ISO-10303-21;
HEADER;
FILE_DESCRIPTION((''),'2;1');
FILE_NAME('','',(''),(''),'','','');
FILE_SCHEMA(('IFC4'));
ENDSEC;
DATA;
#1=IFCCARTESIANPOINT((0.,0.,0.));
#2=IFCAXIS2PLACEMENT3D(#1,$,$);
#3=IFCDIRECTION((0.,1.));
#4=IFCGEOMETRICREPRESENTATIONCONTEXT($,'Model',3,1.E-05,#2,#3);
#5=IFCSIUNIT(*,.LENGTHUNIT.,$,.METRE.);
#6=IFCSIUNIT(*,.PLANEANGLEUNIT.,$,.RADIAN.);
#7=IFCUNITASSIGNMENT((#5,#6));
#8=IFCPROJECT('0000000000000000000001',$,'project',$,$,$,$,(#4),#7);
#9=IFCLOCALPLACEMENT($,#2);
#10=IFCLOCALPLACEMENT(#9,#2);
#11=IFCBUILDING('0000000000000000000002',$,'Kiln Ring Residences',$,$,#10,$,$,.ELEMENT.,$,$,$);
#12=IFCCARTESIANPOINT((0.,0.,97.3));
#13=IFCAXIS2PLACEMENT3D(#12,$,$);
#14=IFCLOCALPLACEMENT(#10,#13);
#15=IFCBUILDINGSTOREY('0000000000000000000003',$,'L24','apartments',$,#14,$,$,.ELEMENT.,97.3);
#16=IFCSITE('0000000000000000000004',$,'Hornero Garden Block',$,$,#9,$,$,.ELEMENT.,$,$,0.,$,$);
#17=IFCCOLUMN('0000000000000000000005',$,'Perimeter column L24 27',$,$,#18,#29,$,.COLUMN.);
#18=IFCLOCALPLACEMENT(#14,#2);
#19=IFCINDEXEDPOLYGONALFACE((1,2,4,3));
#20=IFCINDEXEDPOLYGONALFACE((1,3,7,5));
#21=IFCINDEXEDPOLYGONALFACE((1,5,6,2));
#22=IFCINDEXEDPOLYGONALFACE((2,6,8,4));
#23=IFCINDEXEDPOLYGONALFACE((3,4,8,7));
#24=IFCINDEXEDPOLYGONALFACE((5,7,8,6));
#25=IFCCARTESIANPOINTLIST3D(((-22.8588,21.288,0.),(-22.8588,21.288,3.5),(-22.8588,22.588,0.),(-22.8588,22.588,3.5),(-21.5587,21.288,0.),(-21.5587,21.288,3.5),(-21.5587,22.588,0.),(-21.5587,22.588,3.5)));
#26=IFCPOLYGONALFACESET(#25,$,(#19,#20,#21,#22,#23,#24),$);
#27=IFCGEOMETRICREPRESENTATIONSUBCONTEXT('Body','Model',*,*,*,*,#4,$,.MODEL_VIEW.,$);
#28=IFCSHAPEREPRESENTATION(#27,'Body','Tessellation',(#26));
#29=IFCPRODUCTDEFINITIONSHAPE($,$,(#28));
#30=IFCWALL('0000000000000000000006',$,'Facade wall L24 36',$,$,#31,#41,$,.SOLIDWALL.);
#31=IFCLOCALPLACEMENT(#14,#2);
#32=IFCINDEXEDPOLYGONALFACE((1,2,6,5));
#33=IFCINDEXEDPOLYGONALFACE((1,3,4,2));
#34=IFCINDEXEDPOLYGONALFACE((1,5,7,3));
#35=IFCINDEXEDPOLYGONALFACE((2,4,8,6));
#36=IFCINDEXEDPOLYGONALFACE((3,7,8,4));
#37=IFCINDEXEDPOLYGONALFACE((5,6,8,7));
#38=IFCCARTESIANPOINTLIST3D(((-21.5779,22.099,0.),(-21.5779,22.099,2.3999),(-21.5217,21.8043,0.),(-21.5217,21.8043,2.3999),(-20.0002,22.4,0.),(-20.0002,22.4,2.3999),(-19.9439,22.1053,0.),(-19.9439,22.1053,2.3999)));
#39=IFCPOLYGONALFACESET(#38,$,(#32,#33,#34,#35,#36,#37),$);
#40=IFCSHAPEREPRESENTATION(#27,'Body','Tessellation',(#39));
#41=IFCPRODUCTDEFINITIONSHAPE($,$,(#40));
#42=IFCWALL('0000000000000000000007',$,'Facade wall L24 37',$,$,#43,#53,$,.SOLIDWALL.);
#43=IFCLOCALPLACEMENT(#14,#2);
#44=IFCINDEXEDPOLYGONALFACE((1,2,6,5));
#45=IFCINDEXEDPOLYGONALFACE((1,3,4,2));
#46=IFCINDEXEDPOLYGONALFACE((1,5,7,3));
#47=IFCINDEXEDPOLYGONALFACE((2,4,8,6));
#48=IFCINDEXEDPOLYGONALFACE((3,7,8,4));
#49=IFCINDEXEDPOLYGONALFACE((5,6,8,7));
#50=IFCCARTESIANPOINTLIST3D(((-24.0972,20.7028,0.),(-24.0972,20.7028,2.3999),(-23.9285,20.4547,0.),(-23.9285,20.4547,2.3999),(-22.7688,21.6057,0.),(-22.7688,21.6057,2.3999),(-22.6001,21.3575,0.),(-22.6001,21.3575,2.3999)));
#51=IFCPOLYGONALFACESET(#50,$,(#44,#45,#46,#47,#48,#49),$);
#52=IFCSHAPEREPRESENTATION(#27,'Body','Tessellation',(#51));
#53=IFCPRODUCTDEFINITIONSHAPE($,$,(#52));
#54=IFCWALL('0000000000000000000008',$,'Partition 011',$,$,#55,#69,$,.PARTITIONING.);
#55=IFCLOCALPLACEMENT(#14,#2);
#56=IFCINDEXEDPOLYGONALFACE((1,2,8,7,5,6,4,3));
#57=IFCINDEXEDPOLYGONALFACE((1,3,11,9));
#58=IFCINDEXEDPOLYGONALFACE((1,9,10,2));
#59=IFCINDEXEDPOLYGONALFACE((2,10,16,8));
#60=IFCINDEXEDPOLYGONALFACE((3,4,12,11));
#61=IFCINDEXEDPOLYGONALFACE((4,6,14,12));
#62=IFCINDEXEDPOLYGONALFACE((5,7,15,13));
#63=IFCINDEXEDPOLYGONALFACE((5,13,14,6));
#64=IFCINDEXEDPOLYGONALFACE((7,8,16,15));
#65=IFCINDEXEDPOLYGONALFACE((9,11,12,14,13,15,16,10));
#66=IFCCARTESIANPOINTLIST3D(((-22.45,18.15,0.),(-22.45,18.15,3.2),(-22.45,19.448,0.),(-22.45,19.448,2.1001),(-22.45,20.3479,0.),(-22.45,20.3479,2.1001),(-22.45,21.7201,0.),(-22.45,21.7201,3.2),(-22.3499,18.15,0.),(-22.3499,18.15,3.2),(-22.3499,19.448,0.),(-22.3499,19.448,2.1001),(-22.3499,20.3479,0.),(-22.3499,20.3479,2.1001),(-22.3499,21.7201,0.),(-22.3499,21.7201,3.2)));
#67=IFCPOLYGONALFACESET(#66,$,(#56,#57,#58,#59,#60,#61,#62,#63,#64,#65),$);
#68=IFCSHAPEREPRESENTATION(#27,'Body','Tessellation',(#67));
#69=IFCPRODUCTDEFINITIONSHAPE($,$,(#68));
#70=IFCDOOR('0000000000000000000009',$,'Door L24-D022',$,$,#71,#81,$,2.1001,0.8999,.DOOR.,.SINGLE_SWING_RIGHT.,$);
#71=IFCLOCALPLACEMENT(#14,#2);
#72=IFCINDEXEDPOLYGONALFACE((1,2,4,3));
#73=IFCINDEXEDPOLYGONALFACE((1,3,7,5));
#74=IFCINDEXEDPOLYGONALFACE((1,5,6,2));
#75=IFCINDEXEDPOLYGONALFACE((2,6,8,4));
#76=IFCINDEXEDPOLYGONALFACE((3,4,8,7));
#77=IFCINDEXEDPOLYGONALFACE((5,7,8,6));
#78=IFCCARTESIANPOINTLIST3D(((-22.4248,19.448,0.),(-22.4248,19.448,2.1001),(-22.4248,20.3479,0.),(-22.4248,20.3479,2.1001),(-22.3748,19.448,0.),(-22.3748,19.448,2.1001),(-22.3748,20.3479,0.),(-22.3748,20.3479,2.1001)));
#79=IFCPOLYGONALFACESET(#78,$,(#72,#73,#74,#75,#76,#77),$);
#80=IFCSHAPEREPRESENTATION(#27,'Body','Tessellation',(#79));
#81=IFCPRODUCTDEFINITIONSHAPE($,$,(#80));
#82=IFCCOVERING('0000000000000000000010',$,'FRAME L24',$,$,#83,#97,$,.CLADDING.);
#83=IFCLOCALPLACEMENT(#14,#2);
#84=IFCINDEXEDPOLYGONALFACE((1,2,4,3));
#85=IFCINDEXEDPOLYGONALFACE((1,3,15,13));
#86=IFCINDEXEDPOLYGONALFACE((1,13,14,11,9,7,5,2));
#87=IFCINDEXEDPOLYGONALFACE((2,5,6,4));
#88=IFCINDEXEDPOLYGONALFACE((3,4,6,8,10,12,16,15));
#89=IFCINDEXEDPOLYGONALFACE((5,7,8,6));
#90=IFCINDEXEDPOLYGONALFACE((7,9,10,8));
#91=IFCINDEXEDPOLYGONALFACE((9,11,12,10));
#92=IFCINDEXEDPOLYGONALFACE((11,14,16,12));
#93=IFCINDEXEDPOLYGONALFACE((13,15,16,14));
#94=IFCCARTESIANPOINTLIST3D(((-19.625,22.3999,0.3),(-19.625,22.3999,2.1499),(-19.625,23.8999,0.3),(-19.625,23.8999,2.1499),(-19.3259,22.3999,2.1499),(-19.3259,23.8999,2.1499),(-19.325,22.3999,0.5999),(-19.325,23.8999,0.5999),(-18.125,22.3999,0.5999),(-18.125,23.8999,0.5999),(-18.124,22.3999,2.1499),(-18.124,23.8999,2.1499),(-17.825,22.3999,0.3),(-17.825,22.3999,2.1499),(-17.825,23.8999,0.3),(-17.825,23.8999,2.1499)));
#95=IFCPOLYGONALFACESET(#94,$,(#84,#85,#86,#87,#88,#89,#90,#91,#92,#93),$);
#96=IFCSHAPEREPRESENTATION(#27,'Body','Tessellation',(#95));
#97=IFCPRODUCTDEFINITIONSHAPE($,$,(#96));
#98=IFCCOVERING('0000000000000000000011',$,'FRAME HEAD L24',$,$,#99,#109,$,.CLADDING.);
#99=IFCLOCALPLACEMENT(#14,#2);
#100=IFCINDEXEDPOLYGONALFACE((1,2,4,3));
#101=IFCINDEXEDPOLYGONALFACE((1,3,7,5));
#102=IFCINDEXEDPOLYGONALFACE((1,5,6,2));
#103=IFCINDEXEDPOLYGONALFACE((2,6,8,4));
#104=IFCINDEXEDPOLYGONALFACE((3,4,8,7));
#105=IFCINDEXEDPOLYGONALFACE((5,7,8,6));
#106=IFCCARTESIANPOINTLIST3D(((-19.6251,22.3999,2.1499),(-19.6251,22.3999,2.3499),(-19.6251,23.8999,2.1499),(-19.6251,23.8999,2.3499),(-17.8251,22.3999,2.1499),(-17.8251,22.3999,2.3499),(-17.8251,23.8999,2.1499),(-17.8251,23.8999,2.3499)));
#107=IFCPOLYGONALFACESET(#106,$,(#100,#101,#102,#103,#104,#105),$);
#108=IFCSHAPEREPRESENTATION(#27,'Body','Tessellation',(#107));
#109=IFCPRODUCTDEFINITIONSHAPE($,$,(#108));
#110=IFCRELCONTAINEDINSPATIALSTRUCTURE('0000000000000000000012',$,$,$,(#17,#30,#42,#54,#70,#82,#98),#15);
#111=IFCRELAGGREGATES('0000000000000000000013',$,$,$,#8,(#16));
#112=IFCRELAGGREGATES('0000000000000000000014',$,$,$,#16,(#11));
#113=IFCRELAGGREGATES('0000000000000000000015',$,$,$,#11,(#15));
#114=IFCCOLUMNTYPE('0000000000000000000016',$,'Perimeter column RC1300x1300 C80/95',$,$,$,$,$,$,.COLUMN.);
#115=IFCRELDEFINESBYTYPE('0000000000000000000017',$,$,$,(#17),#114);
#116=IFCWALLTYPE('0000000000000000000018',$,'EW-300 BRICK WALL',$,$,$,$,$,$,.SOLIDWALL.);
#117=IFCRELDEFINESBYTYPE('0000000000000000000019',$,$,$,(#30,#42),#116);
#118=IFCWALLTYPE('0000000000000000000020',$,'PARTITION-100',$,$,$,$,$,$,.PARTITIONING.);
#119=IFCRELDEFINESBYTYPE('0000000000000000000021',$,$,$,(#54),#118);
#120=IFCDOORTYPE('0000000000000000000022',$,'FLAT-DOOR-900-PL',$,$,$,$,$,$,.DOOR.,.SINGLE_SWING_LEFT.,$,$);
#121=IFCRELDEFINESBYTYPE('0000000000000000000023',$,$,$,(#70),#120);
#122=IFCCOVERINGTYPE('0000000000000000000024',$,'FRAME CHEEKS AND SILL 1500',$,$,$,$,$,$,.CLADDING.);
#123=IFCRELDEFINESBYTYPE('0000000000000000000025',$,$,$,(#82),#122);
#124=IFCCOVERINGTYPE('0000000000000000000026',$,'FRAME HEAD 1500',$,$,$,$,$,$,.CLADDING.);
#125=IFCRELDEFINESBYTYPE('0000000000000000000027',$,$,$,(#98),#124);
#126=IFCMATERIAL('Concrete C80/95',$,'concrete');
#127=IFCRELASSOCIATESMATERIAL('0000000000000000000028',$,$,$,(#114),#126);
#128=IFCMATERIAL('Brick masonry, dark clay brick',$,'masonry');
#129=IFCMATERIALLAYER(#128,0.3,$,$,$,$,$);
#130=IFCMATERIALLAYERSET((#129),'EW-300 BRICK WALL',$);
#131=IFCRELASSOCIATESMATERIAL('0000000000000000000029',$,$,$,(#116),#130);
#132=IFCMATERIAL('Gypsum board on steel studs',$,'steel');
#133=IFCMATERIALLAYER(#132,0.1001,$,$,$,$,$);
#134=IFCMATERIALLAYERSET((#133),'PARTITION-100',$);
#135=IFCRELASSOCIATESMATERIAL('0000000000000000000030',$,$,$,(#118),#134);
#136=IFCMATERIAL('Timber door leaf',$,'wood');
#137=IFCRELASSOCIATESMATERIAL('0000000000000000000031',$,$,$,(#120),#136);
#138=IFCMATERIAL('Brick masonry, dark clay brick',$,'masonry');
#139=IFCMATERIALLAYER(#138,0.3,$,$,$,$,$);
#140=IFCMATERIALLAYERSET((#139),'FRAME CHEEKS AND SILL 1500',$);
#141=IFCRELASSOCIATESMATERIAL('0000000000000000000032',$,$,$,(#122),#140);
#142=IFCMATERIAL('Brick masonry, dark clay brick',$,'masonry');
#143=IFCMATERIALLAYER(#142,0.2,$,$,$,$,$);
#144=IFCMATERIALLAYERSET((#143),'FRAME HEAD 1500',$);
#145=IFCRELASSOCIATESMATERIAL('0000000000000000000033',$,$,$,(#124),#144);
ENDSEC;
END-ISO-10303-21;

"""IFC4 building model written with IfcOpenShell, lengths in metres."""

from ifc_helpers import new_model, si_unit, direction, frame, frame_2d, origin, origin_2d, place, context, subcontext, project, spatial, polyline, rectangle, outline, extrude, material, layer, layer_set, material_profile, profile_set, type_object, element, fill, save


model = new_model("IFC4")

# Units and contexts
model_context = context("Model", 3, precision=1e-05, world=origin(), true_north=direction((0.0, 1.0)))
body_context = subcontext(model_context, "Body", "Model", "MODEL_VIEW")
ifc_project = project(units=[si_unit("LENGTHUNIT", "METRE"), si_unit("PLANEANGLEUNIT", "RADIAN")], contexts=[model_context])

# Site, building, storey
site_placement = place(None, origin())
site = spatial("IfcSite", under=ifc_project, at=site_placement, Name="Hornero Garden Block", CompositionType="ELEMENT", RefElevation=0.0)
building_placement = place(site_placement, origin())
building = spatial("IfcBuilding", under=site, at=building_placement, Name="Kiln Ring Residences", CompositionType="ELEMENT")
storey_placement = place(building_placement, frame((0.0, 0.0, 97.3)))
storey = spatial("IfcBuildingStorey", under=building, at=storey_placement, Name="L24", Description="apartments", CompositionType="ELEMENT", Elevation=97.3)

# Column
ifc_material_1 = material(Name="Concrete C80/95", Category="concrete")
ifc_material_profile = material_profile(ifc_material_1, rectangle(XDim=1.3, YDim=1.3, at=origin_2d()), Name="RC1300x1300")
ifc_profile_set = profile_set([ifc_material_profile], Name="Concrete C80/95")
column_type = type_object("IfcColumnType", Name="Perimeter column RC1300x1300 C80/95", PredefinedType="COLUMN", material=ifc_profile_set)
column_placement = place(storey_placement, frame((-22.2087, 21.938, 0.0), z_axis=(0.0, 0.0, 1.0), x_axis=(1.0, 0.0, 0.0)))
element("IfcColumn", 1, at=column_placement, inside=storey, type_object=column_type, Name="Perimeter column L24 27", PredefinedType="COLUMN", context=body_context, shape_type="SweptSolid", body=[
    extrude(rectangle(XDim=1.3, YDim=1.3, at=origin_2d()), origin(), (0.0, 0.0, 1.0), 3.5),
])

# Walls
ifc_material_2 = material(Name="Brick masonry, dark clay brick", Category="masonry")
ifc_layer_1 = layer(ifc_material_2, 0.3)
ifc_layer_set_1 = layer_set([ifc_layer_1], Name="EW-300 BRICK WALL")
wall_type_1 = type_object("IfcWallType", Name="EW-300 BRICK WALL", PredefinedType="SOLIDWALL", material=ifc_layer_set_1)
for number, where, z_axis, x_axis, name in (
    (2, (-19.9719, 22.2527, 0.0), (0.0, 0.0, 1.0), (-0.982279, -0.187426, 0.0), "Facade wall L24 36"),
    (3, (-22.6843, 21.4817, 0.0), (0.0, 0.0, 1.0), (-0.827059, -0.562115, 0.0), "Facade wall L24 37"),
):
    element("IfcWall", number, at=place(storey_placement, frame(where, z_axis=z_axis, x_axis=x_axis)), inside=storey, type_object=wall_type_1, Name=name, PredefinedType="SOLIDWALL", context=body_context, shape_type="SweptSolid", body=[
        extrude(rectangle(XDim=1.6062, YDim=0.3, at=frame_2d((0.8032, 0.0))), origin(), (0.0, 0.0, 1.0), 2.3999),
    ])

# Wall, opening, door
ifc_material_3 = material(Name="Gypsum board on steel studs", Category="steel")
ifc_layer_2 = layer(ifc_material_3, 0.1001)
ifc_layer_set_2 = layer_set([ifc_layer_2], Name="PARTITION-100")
wall_type_2 = type_object("IfcWallType", Name="PARTITION-100", PredefinedType="PARTITIONING", material=ifc_layer_set_2)
wall_placement = place(storey_placement, frame((-22.3999, 18.1499, 0.0), z_axis=(0.0, 0.0, 1.0), x_axis=(0.0, 1.0, 0.0)))
wall = element("IfcWall", 4, at=wall_placement, inside=storey, type_object=wall_type_2, Name="Partition 011", PredefinedType="PARTITIONING", context=body_context, shape_type="SweptSolid", body=[
    extrude(rectangle(XDim=3.5701, YDim=0.1001, at=frame_2d((1.7852, 0.0))), origin(), (0.0, 0.0, 1.0), 3.2),
])
opening_placement = place(wall_placement, frame((1.2981, 0.0, 0.0)))
opening = element("IfcOpeningElement", 5, at=opening_placement, cuts=wall, PredefinedType="OPENING", context=body_context, shape_type="SweptSolid", body=[
    extrude(rectangle(XDim=0.8999, YDim=2.1001, at=frame_2d((0.45, 1.05))), frame((0.0, 0.0601, 0.0), z_axis=(0.0, -1.0, 0.0), x_axis=(1.0, 0.0, 0.0)), (0.0, 0.0, 1.0), 0.1201),
])
ifc_material_4 = material(Name="Timber door leaf", Category="wood")
door_type = type_object("IfcDoorType", Name="FLAT-DOOR-900-PL", OperationType="SINGLE_SWING_LEFT", PredefinedType="DOOR", material=ifc_material_4)
door_placement = place(opening_placement, origin())
door = element("IfcDoor", 6, at=door_placement, inside=storey, type_object=door_type, Name="Door L24-D022", OperationType="SINGLE_SWING_RIGHT", OverallHeight=2.1001, OverallWidth=0.8999, PredefinedType="DOOR", context=body_context, shape_type="SweptSolid", body=[
    extrude(rectangle(XDim=0.8999, YDim=2.1001, at=frame_2d((0.45, 1.05))), frame((0.0, 0.0249, 0.0), z_axis=(0.0, -1.0, 0.0), x_axis=(1.0, 0.0, 0.0)), (0.0, 0.0, 1.0), 0.05),
])
fill(opening, door)

# Coverings
ifc_material_5 = material(Name="Brick masonry, dark clay brick", Category="masonry")
ifc_layer_3 = layer(ifc_material_5, 0.3)
ifc_layer_set_3 = layer_set([ifc_layer_3], Name="FRAME CHEEKS AND SILL 1500")
covering_type_1 = type_object("IfcCoveringType", Name="FRAME CHEEKS AND SILL 1500", PredefinedType="CLADDING", material=ifc_layer_set_3)
covering_1_placement = place(storey_placement, frame((-17.825, 23.1499, 0.3), z_axis=(0.0, 0.0, 1.0), x_axis=(-1.0, 0.0, 0.0)))
element("IfcCovering", 7, at=covering_1_placement, inside=storey, type_object=covering_type_1, Name="FRAME L24", PredefinedType="CLADDING", context=body_context, shape_type="SweptSolid", body=[
    extrude(outline(polyline([(0.0, 0.0), (1.8, 0.0), (1.8, 1.8499), (1.501, 1.8499), (1.5, 0.2998), (0.3, 0.2998), (0.2991, 1.8499), (0.0, 1.8499), (0.0, 0.0)])), frame((0.0, 0.75, 0.0), z_axis=(0.0, -1.0, 0.0), x_axis=(1.0, 0.0, 0.0)), (0.0, 0.0, 1.0), 1.5),
])
ifc_material_6 = material(Name="Brick masonry, dark clay brick", Category="masonry")
ifc_layer_4 = layer(ifc_material_6, 0.2)
ifc_layer_set_4 = layer_set([ifc_layer_4], Name="FRAME HEAD 1500")
covering_type_2 = type_object("IfcCoveringType", Name="FRAME HEAD 1500", PredefinedType="CLADDING", material=ifc_layer_set_4)
covering_2_placement = place(storey_placement, frame((-18.7251, 23.1499, 2.1499), z_axis=(0.0, 0.0, 1.0), x_axis=(-1.0, 0.0, 0.0)))
element("IfcCovering", 8, at=covering_2_placement, inside=storey, type_object=covering_type_2, Name="FRAME HEAD L24", PredefinedType="CLADDING", context=body_context, shape_type="SweptSolid", body=[
    extrude(rectangle(XDim=1.8, YDim=1.5, at=origin_2d()), origin(), (0.0, 0.0, 1.0), 0.2),
])

save(model, "model.ifc")
